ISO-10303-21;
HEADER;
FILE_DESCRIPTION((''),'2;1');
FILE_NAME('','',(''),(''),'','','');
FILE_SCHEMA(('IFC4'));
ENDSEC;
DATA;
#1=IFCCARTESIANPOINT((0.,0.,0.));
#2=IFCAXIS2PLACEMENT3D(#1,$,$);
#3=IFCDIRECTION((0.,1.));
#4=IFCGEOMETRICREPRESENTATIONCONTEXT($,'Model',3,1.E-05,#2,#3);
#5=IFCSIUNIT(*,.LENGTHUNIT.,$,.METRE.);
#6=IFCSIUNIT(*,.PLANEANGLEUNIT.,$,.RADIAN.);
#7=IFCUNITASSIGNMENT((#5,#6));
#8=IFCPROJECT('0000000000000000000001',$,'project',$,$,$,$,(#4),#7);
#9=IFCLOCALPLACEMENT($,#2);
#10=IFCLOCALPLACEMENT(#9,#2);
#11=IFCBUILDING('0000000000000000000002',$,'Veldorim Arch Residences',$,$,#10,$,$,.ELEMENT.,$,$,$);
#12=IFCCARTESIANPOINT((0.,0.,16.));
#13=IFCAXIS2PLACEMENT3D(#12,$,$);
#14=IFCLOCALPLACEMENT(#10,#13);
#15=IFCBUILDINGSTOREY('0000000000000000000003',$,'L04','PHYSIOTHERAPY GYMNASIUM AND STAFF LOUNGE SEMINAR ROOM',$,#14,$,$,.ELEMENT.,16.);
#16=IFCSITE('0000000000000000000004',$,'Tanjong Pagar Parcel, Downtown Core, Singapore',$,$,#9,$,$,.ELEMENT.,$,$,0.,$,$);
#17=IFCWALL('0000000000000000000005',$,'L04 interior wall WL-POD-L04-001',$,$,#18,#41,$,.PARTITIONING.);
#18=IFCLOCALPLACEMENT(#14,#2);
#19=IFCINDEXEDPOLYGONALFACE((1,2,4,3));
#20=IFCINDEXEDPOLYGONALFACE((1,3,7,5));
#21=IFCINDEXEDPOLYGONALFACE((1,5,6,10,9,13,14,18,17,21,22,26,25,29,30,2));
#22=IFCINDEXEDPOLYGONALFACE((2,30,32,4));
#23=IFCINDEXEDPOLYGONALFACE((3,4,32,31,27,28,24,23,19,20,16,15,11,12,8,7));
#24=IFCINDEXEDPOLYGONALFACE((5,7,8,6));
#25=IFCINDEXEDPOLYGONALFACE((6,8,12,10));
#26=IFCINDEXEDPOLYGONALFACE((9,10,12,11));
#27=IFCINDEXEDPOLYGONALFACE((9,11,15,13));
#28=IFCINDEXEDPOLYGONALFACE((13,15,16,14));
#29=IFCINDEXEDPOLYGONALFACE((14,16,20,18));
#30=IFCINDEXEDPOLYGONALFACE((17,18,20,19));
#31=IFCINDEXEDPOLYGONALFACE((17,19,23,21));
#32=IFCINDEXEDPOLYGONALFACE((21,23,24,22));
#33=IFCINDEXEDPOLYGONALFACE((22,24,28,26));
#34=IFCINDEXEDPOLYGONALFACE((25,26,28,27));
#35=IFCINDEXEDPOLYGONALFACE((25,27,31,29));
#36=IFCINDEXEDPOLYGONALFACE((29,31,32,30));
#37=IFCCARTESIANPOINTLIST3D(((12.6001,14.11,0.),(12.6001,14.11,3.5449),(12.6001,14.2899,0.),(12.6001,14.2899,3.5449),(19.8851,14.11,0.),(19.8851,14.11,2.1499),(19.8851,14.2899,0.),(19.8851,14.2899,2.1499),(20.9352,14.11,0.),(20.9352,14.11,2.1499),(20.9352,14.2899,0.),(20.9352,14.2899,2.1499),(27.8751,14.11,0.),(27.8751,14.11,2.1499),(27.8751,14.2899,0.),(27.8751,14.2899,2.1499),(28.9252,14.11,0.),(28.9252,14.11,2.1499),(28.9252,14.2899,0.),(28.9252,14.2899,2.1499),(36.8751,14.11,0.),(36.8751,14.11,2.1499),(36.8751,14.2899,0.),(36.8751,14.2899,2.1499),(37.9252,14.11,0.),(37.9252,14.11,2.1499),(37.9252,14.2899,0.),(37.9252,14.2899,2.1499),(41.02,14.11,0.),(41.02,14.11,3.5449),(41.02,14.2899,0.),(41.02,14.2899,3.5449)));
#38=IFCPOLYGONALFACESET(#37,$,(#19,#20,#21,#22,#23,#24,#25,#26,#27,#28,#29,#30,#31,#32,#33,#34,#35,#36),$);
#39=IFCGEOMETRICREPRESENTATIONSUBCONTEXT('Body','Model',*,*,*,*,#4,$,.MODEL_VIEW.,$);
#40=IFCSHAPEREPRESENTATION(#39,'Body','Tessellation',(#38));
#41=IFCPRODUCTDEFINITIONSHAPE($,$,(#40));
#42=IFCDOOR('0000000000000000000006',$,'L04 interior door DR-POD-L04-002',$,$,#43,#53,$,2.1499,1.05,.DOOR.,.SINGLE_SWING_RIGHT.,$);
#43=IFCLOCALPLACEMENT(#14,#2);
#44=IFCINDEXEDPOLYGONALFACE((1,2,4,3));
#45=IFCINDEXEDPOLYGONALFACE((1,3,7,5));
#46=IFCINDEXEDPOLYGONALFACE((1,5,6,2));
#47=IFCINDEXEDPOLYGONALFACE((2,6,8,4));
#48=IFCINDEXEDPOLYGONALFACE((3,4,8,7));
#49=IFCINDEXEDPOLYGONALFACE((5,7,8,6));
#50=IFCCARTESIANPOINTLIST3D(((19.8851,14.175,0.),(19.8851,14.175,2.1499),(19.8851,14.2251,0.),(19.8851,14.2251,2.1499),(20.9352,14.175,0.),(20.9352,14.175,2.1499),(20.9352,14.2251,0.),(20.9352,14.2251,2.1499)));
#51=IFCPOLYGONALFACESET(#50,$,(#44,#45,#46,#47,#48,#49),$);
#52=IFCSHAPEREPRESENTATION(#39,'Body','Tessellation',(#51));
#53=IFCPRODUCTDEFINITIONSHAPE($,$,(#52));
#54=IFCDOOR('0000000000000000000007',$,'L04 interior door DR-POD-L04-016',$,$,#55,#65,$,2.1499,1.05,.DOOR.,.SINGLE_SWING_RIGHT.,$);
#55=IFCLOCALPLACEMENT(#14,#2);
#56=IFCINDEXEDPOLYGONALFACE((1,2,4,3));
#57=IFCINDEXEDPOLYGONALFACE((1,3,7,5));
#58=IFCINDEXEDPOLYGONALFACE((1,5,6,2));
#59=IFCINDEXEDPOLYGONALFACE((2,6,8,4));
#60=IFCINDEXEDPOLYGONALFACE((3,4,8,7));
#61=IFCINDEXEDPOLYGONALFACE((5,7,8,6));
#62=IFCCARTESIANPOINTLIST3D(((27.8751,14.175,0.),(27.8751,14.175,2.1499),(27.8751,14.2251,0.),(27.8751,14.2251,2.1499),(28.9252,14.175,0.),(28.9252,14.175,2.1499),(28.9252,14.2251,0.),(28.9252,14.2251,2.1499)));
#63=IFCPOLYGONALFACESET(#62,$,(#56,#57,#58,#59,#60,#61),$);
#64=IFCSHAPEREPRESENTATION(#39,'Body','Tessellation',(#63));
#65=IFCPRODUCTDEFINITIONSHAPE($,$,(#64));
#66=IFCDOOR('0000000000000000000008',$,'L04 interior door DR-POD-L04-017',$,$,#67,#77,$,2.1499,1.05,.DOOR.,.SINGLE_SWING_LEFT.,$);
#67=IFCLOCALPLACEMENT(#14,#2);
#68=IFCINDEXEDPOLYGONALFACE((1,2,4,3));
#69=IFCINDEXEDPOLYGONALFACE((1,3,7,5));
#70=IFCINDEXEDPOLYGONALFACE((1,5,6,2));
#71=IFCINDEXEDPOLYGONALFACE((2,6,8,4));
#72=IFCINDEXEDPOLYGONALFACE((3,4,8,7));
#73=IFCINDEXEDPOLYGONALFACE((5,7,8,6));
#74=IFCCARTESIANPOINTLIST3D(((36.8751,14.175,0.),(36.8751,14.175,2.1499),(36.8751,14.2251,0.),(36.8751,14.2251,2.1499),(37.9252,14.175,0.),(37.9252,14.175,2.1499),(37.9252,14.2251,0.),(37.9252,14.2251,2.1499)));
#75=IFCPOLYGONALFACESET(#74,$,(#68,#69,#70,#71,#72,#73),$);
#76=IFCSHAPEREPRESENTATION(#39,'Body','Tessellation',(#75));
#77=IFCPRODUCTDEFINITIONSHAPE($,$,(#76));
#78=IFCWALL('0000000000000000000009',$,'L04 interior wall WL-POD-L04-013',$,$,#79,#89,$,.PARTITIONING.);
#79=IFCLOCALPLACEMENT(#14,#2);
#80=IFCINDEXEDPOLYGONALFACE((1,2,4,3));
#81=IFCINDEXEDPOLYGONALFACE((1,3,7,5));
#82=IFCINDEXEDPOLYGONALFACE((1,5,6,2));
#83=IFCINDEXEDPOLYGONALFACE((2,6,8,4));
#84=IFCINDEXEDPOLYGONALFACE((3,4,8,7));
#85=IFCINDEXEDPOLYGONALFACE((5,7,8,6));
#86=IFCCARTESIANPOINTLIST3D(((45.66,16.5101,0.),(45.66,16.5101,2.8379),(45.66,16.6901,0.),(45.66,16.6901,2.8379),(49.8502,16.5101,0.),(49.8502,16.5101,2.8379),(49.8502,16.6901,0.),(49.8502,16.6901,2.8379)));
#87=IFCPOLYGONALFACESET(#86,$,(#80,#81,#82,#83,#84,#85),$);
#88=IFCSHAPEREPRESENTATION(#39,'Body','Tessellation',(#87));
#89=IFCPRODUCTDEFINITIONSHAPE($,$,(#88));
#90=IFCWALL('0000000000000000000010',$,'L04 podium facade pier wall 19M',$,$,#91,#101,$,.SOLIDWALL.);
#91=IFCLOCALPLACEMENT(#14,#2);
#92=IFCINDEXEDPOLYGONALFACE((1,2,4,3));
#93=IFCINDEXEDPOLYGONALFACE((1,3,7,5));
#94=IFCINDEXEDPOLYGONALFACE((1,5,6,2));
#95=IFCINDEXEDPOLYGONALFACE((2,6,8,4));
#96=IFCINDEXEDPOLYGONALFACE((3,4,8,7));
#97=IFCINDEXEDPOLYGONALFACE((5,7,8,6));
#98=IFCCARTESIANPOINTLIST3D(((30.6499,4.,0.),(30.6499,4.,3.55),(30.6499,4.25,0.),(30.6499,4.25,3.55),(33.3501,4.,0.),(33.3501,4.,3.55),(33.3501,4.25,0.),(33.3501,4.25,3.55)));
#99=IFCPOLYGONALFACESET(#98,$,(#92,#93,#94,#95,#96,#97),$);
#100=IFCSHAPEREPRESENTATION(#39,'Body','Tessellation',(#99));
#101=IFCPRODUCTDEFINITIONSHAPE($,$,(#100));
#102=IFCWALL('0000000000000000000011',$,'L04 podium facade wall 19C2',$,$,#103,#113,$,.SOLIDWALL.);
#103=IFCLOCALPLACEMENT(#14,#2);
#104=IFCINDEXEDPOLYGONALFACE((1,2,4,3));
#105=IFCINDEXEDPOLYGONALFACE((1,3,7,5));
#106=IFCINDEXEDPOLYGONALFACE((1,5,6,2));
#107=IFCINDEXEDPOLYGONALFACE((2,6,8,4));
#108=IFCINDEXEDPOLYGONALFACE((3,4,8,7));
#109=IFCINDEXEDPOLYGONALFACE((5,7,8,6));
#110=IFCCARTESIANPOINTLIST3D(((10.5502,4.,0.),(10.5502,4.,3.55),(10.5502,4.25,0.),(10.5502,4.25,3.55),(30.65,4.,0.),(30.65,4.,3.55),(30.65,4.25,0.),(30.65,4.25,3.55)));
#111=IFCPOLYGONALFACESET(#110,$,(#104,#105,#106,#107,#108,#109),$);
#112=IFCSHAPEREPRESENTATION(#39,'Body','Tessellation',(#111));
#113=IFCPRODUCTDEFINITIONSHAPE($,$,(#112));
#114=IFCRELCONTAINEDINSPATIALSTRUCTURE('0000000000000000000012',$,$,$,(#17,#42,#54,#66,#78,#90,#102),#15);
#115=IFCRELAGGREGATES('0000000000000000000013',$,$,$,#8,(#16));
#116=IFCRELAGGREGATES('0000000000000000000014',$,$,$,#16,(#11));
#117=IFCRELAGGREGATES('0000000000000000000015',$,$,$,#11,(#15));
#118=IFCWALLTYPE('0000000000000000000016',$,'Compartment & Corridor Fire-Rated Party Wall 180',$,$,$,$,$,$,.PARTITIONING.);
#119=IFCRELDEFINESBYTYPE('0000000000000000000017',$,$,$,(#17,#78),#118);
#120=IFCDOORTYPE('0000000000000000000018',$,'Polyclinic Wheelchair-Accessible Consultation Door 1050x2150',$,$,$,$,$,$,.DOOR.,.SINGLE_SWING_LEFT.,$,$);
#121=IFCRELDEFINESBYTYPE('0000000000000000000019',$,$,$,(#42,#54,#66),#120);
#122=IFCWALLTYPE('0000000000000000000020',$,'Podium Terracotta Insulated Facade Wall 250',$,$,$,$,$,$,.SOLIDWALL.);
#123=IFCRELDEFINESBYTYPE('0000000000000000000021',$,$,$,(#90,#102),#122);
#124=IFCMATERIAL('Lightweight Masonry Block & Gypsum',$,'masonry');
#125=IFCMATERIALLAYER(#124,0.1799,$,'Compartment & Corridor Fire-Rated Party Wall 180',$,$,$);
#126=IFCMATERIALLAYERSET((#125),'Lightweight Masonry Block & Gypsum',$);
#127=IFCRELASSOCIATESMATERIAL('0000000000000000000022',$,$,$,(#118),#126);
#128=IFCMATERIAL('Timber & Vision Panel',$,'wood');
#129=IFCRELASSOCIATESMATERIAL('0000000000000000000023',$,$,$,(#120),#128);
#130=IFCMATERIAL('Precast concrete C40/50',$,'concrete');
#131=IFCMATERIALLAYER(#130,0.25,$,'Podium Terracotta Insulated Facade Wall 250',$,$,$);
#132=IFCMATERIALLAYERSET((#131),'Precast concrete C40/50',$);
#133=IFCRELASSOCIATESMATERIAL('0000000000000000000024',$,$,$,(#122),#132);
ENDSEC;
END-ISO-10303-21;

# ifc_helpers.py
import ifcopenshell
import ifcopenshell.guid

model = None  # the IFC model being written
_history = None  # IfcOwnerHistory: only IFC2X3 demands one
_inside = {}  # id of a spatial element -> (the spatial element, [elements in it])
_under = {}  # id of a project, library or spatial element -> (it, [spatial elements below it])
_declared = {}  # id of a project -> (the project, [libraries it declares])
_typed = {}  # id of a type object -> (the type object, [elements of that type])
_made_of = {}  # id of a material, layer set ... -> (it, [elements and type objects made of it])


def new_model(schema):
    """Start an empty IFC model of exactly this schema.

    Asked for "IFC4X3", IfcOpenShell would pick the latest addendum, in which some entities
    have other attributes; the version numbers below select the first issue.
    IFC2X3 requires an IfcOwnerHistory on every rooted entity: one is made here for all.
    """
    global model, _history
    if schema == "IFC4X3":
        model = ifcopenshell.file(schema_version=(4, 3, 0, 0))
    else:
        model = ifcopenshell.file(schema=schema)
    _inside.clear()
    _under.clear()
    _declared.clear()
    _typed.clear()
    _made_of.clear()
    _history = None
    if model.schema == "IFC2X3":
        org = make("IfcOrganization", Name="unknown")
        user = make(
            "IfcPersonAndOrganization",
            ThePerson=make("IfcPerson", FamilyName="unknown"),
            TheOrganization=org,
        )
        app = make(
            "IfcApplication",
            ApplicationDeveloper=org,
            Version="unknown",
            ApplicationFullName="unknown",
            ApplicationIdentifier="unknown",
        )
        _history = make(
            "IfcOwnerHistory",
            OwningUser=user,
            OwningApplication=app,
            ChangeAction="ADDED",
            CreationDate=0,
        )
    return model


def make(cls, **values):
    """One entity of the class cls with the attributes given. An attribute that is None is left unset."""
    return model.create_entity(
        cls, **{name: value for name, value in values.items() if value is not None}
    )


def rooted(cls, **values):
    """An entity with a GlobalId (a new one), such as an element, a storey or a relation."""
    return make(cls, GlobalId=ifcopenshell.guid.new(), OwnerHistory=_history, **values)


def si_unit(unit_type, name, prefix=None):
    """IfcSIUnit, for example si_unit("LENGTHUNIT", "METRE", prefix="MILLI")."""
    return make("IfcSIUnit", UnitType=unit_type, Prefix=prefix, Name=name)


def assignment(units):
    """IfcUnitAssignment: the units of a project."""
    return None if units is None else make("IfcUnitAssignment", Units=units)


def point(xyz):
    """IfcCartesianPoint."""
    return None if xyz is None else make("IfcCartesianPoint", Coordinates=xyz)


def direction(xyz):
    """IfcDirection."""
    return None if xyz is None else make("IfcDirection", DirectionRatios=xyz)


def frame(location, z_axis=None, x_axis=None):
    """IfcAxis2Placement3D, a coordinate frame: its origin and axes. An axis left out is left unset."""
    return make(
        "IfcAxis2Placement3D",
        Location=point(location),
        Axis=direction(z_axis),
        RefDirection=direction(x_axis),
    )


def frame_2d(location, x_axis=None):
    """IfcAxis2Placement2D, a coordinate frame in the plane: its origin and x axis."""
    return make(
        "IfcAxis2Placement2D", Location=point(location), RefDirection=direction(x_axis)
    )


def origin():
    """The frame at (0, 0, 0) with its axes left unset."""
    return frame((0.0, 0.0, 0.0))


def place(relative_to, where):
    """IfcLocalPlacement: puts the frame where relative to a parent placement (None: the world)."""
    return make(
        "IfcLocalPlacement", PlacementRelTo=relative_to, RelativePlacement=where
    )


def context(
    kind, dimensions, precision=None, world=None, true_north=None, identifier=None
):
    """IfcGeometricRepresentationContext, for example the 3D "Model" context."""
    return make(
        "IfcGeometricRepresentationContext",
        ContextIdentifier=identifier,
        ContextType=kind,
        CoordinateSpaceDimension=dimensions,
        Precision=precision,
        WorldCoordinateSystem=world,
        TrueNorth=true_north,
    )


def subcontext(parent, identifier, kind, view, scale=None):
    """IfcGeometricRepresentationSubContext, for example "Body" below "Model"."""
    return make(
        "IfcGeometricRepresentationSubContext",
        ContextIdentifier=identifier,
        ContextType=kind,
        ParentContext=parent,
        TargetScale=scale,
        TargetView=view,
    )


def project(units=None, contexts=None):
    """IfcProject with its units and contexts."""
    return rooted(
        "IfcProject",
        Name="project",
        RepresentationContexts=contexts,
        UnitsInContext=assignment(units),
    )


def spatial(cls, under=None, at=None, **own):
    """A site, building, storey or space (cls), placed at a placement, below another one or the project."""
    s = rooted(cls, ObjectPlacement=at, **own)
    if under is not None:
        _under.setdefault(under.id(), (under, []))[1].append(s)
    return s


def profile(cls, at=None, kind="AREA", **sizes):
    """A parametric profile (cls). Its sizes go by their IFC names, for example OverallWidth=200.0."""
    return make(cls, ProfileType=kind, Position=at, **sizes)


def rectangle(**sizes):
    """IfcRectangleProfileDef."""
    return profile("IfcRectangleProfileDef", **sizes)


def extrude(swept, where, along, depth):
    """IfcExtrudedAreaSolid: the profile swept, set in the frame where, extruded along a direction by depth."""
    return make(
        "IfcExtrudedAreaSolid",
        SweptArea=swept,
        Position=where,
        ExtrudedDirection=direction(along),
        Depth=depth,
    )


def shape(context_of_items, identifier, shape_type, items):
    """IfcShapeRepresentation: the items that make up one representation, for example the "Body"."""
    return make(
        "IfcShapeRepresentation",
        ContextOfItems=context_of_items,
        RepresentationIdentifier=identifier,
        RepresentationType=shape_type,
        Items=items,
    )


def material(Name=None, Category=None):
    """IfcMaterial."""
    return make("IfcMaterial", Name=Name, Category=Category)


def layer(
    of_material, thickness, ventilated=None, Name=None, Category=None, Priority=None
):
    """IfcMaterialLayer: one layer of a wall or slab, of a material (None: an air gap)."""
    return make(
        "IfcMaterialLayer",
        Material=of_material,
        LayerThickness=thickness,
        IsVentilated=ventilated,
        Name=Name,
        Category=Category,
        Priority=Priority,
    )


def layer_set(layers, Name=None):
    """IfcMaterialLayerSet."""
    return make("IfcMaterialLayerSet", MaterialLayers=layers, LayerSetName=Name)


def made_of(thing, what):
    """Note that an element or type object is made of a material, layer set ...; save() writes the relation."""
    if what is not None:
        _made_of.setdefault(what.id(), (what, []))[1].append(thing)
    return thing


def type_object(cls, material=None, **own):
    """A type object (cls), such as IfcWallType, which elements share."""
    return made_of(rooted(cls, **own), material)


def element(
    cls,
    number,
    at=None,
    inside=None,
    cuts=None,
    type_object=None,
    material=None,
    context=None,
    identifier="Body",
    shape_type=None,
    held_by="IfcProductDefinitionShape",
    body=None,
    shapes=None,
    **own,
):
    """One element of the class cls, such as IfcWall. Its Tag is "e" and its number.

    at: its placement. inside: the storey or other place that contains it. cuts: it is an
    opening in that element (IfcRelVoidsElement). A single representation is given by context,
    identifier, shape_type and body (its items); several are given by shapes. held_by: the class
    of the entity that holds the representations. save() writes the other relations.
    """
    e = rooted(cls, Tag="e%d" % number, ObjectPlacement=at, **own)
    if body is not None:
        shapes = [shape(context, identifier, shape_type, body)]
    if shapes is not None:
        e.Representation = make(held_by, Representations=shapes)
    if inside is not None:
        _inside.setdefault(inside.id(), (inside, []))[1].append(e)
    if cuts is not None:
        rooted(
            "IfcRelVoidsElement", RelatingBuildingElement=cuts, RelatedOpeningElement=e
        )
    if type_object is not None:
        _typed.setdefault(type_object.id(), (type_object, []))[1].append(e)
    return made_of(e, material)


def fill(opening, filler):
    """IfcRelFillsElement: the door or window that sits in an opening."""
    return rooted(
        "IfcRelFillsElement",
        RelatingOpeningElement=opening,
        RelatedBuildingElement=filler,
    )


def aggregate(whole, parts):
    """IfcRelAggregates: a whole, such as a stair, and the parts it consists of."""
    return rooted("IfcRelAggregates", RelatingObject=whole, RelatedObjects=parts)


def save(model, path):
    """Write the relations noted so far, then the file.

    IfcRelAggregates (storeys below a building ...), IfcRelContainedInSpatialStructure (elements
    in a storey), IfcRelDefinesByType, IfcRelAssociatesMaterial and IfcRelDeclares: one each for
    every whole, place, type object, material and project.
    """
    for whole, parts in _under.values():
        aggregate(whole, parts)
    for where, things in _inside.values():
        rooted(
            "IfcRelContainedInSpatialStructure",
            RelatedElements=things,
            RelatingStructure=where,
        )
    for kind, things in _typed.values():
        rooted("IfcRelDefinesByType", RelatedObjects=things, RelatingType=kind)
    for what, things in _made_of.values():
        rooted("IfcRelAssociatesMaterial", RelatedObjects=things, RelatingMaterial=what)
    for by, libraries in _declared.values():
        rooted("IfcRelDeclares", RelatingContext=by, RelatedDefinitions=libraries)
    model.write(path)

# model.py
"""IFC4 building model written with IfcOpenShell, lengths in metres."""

from ifc_helpers import new_model, si_unit, direction, frame, frame_2d, origin, place, context, subcontext, project, spatial, rectangle, extrude, material, layer, layer_set, type_object, element, fill, save


model = new_model("IFC4")

# Units and contexts
model_context = context("Model", 3, precision=1e-05, world=origin(), true_north=direction((0.0, 1.0)))
body_context = subcontext(model_context, "Body", "Model", "MODEL_VIEW")
ifc_project = project(units=[si_unit("LENGTHUNIT", "METRE"), si_unit("PLANEANGLEUNIT", "RADIAN")], contexts=[model_context])

# Site, building, storey
site_placement = place(None, origin())
site = spatial("IfcSite", under=ifc_project, at=site_placement, Name="Tanjong Pagar Parcel, Downtown Core, Singapore", CompositionType="ELEMENT", RefElevation=0.0)
building_placement = place(site_placement, origin())
building = spatial("IfcBuilding", under=site, at=building_placement, Name="Veldorim Arch Residences", CompositionType="ELEMENT")
storey_placement = place(building_placement, frame((0.0, 0.0, 16.0)))
storey = spatial("IfcBuildingStorey", under=building, at=storey_placement, Name="L04", Description="PHYSIOTHERAPY GYMNASIUM AND STAFF LOUNGE SEMINAR ROOM", CompositionType="ELEMENT", Elevation=16.0)

# Wall, openings, doors
ifc_material_1 = material(Name="Lightweight Masonry Block & Gypsum", Category="masonry")
ifc_layer_1 = layer(ifc_material_1, 0.1799, Name="Compartment & Corridor Fire-Rated Party Wall 180")
ifc_layer_set_1 = layer_set([ifc_layer_1], Name="Lightweight Masonry Block & Gypsum")
wall_type_1 = type_object("IfcWallType", Name="Compartment & Corridor Fire-Rated Party Wall 180", PredefinedType="PARTITIONING", material=ifc_layer_set_1)
wall_1_placement = place(storey_placement, frame((41.02, 14.2, 0.0), z_axis=(0.0, 0.0, 1.0), x_axis=(-1.0, 0.0, 0.0)))
wall_1 = element("IfcWall", 1, at=wall_1_placement, inside=storey, type_object=wall_type_1, Name="L04 interior wall WL-POD-L04-001", PredefinedType="PARTITIONING", context=body_context, shape_type="SweptSolid", body=[
    extrude(rectangle(XDim=28.4199, YDim=0.1799, at=frame_2d((14.21, 0.0))), origin(), (0.0, 0.0, 1.0), 3.5449),
])
opening_1_placement = place(wall_1_placement, frame((20.085, 0.0, 0.0)))
opening_1 = element("IfcOpeningElement", 2, at=opening_1_placement, cuts=wall_1, PredefinedType="OPENING", context=body_context, shape_type="SweptSolid", body=[
    extrude(rectangle(XDim=1.05, YDim=2.1499, at=frame_2d((0.5249, 1.075))), frame((0.0, 0.0999, 0.0), z_axis=(0.0, -1.0, 0.0), x_axis=(1.0, 0.0, 0.0)), (0.0, 0.0, 1.0), 0.2),
])
opening_2_placement = place(wall_1_placement, frame((12.095, 0.0, 0.0)))
opening_2 = element("IfcOpeningElement", 3, at=opening_2_placement, cuts=wall_1, PredefinedType="OPENING", context=body_context, shape_type="SweptSolid", body=[
    extrude(rectangle(XDim=1.05, YDim=2.1499, at=frame_2d((0.5249, 1.075))), frame((0.0, 0.0999, 0.0), z_axis=(0.0, -1.0, 0.0), x_axis=(1.0, 0.0, 0.0)), (0.0, 0.0, 1.0), 0.2),
])
opening_3_placement = place(wall_1_placement, frame((3.095, 0.0, 0.0)))
opening_3 = element("IfcOpeningElement", 4, at=opening_3_placement, cuts=wall_1, PredefinedType="OPENING", context=body_context, shape_type="SweptSolid", body=[
    extrude(rectangle(XDim=1.05, YDim=2.1499, at=frame_2d((0.5249, 1.075))), frame((0.0, 0.0999, 0.0), z_axis=(0.0, -1.0, 0.0), x_axis=(1.0, 0.0, 0.0)), (0.0, 0.0, 1.0), 0.2),
])
ifc_material_2 = material(Name="Timber & Vision Panel", Category="wood")
door_type = type_object("IfcDoorType", Name="Polyclinic Wheelchair-Accessible Consultation Door 1050x2150", OperationType="SINGLE_SWING_LEFT", PredefinedType="DOOR", material=ifc_material_2)
door_1_placement = place(opening_1_placement, origin())
door_1 = element("IfcDoor", 5, at=door_1_placement, inside=storey, type_object=door_type, Name="L04 interior door DR-POD-L04-002", OperationType="SINGLE_SWING_RIGHT", OverallHeight=2.1499, OverallWidth=1.05, PredefinedType="DOOR", context=body_context, shape_type="SweptSolid", body=[
    extrude(rectangle(XDim=1.05, YDim=2.1499, at=frame_2d((0.5249, 1.075))), frame((0.0, 0.0249, 0.0), z_axis=(0.0, -1.0, 0.0), x_axis=(1.0, 0.0, 0.0)), (0.0, 0.0, 1.0), 0.05),
])
fill(opening_1, door_1)
door_2_placement = place(opening_2_placement, origin())
door_2 = element("IfcDoor", 6, at=door_2_placement, inside=storey, type_object=door_type, Name="L04 interior door DR-POD-L04-016", OperationType="SINGLE_SWING_RIGHT", OverallHeight=2.1499, OverallWidth=1.05, PredefinedType="DOOR", context=body_context, shape_type="SweptSolid", body=[
    extrude(rectangle(XDim=1.05, YDim=2.1499, at=frame_2d((0.5249, 1.075))), frame((0.0, 0.0249, 0.0), z_axis=(0.0, -1.0, 0.0), x_axis=(1.0, 0.0, 0.0)), (0.0, 0.0, 1.0), 0.05),
])
fill(opening_2, door_2)
door_3_placement = place(opening_3_placement, origin())
door_3 = element("IfcDoor", 7, at=door_3_placement, inside=storey, type_object=door_type, Name="L04 interior door DR-POD-L04-017", OperationType="SINGLE_SWING_LEFT", OverallHeight=2.1499, OverallWidth=1.05, PredefinedType="DOOR", context=body_context, shape_type="SweptSolid", body=[
    extrude(rectangle(XDim=1.05, YDim=2.1499, at=frame_2d((0.5249, 1.075))), frame((0.0, 0.0249, 0.0), z_axis=(0.0, -1.0, 0.0), x_axis=(1.0, 0.0, 0.0)), (0.0, 0.0, 1.0), 0.05),
])
fill(opening_3, door_3)

# Walls
wall_2_placement = place(storey_placement, frame((45.6599, 16.6001, 0.0), z_axis=(0.0, 0.0, 1.0), x_axis=(1.0, 0.0, 0.0)))
element("IfcWall", 8, at=wall_2_placement, inside=storey, type_object=wall_type_1, Name="L04 interior wall WL-POD-L04-013", PredefinedType="PARTITIONING", context=body_context, shape_type="SweptSolid", body=[
    extrude(rectangle(XDim=4.1902, YDim=0.1799, at=frame_2d((2.0952, 0.0))), origin(), (0.0, 0.0, 1.0), 2.8379),
])
ifc_material_3 = material(Name="Precast concrete C40/50", Category="concrete")
ifc_layer_2 = layer(ifc_material_3, 0.25, Name="Podium Terracotta Insulated Facade Wall 250")
ifc_layer_set_2 = layer_set([ifc_layer_2], Name="Precast concrete C40/50")
wall_type_2 = type_object("IfcWallType", Name="Podium Terracotta Insulated Facade Wall 250", PredefinedType="SOLIDWALL", material=ifc_layer_set_2)
wall_3_placement = place(storey_placement, frame((33.3501, 4.125, 0.0), z_axis=(0.0, 0.0, 1.0), x_axis=(-1.0, 0.0, 0.0)))
element("IfcWall", 9, at=wall_3_placement, inside=storey, type_object=wall_type_2, Name="L04 podium facade pier wall 19M", PredefinedType="SOLIDWALL", context=body_context, shape_type="SweptSolid", body=[
    extrude(rectangle(XDim=2.7002, YDim=0.25, at=frame_2d((1.3501, 0.0))), origin(), (0.0, 0.0, 1.0), 3.55),
])
wall_4_placement = place(storey_placement, frame((30.6499, 4.125, 0.0), z_axis=(0.0, 0.0, 1.0), x_axis=(-1.0, 0.0, 0.0)))
element("IfcWall", 10, at=wall_4_placement, inside=storey, type_object=wall_type_2, Name="L04 podium facade wall 19C2", PredefinedType="SOLIDWALL", context=body_context, shape_type="SweptSolid", body=[
    extrude(rectangle(XDim=20.0999, YDim=0.25, at=frame_2d((10.0498, 0.0))), origin(), (0.0, 0.0, 1.0), 3.55),
])

save(model, "model.ifc")
